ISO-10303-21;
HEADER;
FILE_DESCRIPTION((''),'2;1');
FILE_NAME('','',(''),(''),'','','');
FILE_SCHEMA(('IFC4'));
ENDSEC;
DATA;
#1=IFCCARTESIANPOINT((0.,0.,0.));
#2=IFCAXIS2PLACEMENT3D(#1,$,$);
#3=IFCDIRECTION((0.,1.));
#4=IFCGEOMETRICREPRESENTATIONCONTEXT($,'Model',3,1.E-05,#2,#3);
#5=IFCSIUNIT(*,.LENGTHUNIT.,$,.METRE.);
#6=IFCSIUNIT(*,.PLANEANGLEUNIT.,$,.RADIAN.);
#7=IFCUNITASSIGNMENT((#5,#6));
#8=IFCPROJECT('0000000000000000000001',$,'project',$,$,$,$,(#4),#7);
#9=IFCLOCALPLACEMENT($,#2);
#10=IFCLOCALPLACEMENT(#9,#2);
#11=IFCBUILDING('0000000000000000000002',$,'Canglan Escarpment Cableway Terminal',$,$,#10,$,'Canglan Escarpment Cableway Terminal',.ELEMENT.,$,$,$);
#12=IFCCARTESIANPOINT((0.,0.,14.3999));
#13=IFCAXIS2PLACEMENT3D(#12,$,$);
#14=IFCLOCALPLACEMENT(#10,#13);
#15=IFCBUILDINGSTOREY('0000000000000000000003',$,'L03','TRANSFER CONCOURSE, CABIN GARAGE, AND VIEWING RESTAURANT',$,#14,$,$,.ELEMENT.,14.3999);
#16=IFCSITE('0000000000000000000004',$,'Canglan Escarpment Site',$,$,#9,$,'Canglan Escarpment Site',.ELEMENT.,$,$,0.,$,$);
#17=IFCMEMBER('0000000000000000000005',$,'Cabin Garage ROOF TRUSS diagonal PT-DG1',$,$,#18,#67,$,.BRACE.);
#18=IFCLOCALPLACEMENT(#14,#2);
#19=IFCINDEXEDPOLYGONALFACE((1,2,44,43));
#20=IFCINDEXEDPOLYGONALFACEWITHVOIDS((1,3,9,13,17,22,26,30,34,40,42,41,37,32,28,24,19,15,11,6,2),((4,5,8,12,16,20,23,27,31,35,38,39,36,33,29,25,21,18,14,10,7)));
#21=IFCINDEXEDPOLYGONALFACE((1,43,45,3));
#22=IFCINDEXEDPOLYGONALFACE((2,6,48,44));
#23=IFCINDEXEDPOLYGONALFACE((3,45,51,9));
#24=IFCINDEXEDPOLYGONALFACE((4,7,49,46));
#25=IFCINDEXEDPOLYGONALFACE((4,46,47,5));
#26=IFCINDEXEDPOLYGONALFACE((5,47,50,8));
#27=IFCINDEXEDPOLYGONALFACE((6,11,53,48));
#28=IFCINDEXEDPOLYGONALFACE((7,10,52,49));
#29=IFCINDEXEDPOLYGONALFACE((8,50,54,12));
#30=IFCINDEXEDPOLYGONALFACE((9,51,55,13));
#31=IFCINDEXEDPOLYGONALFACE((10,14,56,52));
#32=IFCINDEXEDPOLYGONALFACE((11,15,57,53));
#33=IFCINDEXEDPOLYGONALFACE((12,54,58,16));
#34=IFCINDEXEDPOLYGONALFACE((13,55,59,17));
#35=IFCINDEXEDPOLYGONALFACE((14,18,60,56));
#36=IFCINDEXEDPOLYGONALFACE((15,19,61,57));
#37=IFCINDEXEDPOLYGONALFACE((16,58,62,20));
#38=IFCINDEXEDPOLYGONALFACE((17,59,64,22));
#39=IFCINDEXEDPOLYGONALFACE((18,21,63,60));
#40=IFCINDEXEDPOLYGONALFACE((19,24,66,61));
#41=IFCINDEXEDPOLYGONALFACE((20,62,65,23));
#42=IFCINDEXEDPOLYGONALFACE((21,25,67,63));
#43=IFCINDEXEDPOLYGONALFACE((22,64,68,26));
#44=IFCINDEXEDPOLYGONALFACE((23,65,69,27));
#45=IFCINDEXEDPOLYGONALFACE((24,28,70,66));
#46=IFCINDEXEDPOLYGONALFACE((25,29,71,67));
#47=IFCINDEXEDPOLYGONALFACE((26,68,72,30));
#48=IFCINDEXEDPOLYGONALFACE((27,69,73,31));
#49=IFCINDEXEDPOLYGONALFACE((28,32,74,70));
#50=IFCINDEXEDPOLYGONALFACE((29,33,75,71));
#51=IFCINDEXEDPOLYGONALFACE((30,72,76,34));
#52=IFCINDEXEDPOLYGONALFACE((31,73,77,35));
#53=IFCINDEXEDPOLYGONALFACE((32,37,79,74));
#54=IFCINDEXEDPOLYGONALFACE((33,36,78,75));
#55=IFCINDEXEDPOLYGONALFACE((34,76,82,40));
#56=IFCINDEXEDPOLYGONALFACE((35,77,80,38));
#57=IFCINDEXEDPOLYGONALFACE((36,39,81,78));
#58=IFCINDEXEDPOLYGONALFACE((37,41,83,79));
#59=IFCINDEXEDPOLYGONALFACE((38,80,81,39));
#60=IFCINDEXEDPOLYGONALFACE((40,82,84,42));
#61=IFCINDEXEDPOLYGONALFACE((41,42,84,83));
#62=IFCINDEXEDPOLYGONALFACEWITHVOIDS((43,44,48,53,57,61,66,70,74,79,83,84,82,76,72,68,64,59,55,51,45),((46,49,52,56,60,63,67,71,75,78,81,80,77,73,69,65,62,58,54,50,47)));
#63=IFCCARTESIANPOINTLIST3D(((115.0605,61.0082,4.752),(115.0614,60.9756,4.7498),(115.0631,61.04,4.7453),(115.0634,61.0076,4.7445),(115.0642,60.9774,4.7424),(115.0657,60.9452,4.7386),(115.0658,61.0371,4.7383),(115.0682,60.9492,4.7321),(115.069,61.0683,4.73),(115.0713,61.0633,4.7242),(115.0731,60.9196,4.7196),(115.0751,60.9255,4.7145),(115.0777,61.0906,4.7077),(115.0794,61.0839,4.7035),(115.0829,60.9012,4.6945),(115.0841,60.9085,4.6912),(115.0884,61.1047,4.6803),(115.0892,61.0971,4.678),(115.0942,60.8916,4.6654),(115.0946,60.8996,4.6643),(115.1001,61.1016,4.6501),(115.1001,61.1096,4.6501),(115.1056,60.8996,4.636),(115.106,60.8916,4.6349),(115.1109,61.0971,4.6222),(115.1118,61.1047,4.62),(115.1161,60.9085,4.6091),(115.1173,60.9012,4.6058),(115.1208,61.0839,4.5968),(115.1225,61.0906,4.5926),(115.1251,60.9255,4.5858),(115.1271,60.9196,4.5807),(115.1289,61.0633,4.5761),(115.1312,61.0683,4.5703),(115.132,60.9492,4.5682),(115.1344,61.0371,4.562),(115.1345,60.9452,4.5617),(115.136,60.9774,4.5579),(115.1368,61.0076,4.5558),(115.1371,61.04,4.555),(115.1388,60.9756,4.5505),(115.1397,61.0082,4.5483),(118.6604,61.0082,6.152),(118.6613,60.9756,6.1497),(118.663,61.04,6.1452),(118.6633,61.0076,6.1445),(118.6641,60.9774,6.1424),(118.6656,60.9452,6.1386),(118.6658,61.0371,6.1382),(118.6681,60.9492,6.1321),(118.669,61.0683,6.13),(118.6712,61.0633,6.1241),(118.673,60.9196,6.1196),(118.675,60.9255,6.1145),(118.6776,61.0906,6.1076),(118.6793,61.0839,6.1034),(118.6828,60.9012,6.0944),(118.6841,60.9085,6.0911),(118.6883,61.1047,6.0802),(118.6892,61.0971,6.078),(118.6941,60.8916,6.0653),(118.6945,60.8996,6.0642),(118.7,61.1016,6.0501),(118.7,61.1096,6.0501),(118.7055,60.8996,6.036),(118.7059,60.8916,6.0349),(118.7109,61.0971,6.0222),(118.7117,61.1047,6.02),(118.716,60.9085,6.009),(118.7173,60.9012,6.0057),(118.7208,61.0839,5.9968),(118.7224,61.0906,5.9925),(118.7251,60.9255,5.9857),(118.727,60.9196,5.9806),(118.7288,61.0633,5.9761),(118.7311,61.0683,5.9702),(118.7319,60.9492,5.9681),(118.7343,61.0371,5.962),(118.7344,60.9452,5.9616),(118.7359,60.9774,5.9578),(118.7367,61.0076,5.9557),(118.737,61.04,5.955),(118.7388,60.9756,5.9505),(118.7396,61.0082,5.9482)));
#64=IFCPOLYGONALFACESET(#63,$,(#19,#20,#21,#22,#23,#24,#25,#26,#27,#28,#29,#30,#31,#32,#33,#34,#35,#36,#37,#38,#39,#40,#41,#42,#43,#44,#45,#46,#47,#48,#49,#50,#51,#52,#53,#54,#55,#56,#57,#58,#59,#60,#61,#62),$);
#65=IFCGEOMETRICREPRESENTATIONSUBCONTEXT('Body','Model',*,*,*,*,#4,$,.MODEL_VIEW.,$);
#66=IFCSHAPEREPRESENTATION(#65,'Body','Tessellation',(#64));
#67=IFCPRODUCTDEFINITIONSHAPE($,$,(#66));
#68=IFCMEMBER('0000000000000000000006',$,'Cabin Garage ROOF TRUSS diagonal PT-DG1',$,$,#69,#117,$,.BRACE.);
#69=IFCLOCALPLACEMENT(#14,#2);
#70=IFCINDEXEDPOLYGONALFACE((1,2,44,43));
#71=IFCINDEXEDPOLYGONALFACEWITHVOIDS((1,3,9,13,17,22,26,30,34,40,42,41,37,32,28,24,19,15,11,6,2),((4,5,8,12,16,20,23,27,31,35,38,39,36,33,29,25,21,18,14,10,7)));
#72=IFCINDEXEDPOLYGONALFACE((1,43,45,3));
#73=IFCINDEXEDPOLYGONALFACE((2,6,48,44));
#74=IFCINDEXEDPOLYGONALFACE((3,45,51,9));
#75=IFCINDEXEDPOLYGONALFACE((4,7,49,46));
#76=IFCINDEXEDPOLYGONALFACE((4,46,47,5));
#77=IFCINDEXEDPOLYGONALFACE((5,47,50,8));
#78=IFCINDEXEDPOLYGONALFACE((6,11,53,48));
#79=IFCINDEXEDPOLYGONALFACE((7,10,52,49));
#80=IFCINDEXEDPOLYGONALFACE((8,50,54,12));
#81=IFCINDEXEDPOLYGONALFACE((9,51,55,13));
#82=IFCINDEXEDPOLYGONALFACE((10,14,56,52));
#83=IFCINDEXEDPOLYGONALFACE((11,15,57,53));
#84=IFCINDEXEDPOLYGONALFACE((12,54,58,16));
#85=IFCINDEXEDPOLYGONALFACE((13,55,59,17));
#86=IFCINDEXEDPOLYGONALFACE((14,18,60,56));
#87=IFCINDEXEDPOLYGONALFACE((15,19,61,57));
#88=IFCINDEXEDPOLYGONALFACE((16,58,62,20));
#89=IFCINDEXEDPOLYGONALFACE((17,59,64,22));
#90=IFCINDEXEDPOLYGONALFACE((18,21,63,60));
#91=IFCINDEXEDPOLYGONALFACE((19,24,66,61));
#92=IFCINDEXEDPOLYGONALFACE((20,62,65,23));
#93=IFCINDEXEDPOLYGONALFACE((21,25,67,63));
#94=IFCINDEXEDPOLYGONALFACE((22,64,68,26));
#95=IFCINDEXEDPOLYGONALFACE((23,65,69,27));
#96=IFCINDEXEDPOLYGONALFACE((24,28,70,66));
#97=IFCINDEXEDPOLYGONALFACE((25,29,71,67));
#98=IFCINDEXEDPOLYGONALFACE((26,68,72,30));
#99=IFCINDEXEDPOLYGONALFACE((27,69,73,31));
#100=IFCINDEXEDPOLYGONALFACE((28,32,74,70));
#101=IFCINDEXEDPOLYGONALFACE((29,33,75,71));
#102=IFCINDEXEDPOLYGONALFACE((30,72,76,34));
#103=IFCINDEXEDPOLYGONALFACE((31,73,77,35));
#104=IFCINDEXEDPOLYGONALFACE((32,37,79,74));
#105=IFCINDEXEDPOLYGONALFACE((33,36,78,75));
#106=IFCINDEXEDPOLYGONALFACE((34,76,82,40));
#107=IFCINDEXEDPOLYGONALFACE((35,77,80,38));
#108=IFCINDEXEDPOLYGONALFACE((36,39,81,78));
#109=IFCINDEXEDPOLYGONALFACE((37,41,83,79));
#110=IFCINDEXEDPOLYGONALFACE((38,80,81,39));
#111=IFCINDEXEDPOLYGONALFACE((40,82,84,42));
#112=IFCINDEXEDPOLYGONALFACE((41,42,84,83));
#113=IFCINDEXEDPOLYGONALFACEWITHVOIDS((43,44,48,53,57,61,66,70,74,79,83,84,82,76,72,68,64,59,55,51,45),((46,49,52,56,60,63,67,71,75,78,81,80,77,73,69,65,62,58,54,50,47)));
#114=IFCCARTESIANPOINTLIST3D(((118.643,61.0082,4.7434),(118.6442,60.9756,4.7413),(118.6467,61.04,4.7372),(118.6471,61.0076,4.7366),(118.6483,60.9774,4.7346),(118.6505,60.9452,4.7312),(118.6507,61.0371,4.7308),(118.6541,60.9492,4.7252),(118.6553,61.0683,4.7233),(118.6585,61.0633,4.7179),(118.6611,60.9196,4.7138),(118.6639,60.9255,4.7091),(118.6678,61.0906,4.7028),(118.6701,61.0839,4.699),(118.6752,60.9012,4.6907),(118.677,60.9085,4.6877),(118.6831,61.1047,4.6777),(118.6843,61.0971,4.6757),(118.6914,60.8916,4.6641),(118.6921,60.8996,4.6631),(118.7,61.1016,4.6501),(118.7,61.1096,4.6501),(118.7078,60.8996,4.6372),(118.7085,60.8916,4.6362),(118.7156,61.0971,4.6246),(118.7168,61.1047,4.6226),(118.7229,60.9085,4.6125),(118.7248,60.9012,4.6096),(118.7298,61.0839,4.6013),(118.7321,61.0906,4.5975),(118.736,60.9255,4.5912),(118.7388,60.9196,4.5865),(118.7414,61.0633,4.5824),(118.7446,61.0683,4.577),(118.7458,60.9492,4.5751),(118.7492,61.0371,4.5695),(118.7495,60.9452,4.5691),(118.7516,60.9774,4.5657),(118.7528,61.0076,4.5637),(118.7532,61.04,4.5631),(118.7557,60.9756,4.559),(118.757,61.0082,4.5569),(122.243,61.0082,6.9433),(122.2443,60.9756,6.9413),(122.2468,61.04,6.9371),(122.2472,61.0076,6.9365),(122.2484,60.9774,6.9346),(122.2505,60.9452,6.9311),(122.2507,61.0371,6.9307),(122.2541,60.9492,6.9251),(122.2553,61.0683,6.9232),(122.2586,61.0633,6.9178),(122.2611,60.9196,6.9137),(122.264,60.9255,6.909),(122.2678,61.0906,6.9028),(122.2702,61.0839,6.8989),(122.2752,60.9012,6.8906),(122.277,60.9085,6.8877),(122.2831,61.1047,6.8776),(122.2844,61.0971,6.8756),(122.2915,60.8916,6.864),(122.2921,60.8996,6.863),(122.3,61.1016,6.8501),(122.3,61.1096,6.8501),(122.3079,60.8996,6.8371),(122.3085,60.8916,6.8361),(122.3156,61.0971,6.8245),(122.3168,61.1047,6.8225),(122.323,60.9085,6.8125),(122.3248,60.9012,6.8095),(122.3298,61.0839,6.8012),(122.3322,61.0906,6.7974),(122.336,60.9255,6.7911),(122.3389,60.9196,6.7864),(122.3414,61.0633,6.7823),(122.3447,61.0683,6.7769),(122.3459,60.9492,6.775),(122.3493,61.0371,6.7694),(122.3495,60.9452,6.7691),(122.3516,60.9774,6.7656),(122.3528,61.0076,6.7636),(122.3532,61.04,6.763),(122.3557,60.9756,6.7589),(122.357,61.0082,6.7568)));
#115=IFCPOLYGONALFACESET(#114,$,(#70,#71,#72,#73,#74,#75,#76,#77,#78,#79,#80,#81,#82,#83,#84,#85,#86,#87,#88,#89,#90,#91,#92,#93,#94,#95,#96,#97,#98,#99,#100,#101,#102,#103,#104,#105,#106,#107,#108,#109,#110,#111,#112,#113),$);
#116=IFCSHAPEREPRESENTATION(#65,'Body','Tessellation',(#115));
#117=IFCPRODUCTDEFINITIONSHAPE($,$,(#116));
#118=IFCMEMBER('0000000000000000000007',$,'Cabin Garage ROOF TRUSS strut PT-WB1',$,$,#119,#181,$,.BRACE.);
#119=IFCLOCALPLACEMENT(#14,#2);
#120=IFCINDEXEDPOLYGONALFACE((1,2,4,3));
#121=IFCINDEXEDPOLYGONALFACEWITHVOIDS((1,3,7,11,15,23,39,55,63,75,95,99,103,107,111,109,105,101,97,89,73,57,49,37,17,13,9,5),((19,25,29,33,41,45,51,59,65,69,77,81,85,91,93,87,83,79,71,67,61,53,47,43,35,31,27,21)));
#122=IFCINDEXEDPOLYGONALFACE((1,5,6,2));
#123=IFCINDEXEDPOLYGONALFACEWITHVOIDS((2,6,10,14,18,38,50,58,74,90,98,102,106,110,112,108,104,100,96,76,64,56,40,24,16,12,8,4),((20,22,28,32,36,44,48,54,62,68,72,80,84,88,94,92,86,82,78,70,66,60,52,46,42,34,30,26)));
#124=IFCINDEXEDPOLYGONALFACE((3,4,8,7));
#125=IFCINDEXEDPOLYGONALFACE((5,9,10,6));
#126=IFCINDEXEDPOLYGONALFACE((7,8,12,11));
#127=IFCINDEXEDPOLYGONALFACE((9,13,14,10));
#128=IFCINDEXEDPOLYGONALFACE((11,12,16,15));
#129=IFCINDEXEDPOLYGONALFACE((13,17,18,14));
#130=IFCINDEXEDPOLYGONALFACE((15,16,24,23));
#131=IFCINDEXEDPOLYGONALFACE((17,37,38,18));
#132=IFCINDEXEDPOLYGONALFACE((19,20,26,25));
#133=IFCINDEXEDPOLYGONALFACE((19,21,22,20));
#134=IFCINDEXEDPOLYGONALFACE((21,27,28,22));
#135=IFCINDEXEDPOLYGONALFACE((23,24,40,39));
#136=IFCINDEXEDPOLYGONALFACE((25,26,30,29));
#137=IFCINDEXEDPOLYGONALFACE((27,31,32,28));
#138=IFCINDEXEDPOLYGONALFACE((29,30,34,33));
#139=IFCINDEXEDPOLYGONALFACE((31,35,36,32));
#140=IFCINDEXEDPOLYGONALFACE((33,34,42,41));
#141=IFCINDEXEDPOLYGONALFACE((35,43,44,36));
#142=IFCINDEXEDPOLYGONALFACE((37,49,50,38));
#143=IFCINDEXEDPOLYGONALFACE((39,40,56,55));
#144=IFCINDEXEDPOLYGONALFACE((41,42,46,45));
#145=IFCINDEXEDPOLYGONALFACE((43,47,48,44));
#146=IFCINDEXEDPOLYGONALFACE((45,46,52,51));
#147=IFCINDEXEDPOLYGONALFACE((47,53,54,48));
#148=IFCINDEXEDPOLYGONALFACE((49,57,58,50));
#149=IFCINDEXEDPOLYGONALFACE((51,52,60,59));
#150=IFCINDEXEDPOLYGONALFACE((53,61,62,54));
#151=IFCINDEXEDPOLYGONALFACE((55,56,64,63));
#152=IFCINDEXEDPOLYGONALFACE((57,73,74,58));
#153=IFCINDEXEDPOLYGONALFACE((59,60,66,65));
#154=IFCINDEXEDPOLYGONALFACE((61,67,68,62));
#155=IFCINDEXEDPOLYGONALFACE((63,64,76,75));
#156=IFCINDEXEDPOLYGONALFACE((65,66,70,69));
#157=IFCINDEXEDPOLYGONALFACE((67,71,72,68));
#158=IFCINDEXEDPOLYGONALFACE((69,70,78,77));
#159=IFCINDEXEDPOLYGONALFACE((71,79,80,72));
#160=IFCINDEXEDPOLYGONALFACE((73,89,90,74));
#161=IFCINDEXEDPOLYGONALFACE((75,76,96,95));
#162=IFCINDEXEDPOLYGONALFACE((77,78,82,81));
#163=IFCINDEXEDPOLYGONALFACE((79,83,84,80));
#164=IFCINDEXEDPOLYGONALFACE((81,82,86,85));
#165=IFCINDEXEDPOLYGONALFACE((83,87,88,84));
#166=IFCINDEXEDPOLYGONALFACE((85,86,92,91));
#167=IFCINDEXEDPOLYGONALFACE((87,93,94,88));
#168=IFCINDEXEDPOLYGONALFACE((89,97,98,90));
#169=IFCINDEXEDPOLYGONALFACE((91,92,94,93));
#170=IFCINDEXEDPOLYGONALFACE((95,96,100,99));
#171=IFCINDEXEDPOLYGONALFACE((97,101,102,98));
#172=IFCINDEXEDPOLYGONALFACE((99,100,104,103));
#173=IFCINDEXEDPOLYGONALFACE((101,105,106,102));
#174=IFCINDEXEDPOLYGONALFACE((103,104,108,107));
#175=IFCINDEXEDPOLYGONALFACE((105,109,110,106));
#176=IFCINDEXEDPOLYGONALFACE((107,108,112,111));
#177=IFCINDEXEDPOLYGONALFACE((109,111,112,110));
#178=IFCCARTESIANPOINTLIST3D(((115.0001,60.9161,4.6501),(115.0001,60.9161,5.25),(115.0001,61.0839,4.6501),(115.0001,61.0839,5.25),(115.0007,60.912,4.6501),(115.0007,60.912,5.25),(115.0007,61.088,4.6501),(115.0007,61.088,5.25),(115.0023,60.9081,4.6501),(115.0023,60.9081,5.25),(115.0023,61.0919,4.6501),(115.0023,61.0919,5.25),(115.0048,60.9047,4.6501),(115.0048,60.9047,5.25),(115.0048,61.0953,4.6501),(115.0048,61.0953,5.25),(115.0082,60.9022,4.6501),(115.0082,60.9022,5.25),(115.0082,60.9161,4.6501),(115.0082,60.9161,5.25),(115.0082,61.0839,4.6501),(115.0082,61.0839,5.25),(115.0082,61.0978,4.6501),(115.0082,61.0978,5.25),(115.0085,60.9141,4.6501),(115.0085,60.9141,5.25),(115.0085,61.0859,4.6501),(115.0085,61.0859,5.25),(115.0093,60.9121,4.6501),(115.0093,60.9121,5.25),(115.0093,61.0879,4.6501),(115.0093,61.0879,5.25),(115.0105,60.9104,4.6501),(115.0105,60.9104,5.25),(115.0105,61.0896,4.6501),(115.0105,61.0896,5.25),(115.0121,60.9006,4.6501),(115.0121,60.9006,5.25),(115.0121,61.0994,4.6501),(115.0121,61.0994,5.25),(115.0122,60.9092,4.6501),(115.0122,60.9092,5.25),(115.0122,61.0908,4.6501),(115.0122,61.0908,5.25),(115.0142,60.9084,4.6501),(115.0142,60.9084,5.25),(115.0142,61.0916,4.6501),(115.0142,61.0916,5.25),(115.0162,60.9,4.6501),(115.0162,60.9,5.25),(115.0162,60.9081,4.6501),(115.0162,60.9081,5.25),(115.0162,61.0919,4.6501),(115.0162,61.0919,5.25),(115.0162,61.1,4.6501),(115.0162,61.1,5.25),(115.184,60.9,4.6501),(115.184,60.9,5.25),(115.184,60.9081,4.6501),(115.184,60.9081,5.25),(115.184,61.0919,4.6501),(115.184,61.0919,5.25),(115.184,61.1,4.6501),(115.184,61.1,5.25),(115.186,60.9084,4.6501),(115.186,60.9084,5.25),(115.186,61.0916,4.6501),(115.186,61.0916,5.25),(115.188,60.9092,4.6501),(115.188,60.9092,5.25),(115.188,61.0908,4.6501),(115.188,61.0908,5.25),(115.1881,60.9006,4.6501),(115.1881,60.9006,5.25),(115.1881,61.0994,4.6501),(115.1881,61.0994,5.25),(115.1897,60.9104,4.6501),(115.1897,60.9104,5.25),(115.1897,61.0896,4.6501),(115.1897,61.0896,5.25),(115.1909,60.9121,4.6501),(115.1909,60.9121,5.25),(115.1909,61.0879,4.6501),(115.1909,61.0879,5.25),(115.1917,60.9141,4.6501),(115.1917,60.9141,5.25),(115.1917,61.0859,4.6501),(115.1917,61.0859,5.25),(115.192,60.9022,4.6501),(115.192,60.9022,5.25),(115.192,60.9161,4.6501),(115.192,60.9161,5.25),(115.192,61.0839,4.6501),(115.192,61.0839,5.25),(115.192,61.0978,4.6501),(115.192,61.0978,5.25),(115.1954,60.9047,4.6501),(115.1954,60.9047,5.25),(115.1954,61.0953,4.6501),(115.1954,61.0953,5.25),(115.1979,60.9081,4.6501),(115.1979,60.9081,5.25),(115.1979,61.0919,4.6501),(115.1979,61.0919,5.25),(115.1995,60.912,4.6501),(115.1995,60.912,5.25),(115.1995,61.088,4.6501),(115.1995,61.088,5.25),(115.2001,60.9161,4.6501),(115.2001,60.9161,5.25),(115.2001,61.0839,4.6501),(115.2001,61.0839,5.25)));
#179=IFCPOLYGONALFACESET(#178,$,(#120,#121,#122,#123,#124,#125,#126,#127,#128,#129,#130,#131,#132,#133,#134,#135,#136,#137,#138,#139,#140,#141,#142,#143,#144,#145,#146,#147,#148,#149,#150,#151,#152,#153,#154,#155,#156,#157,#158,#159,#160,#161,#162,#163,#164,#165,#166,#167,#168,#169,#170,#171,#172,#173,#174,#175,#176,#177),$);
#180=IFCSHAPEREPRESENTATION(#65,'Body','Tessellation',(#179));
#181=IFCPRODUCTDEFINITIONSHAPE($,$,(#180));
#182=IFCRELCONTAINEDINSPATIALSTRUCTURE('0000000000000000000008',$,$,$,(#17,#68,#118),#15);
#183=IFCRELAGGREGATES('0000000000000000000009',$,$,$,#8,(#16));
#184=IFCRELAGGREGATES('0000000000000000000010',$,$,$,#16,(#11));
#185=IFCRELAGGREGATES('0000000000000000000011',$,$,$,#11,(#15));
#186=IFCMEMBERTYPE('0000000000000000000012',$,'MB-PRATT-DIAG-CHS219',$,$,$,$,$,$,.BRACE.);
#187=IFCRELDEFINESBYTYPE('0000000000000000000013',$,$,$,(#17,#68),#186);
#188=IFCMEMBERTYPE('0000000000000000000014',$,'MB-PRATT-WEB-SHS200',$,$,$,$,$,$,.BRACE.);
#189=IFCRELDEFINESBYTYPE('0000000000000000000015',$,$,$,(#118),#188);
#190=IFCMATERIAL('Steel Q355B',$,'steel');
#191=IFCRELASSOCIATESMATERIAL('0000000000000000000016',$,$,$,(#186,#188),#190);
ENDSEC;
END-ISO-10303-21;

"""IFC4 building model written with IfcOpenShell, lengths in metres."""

from ifc_helpers import new_model, si_unit, direction, frame, origin, origin_2d, place, context, subcontext, project, spatial, hollow_rectangle, hollow_circle, extrude, material, material_profile, profile_set, type_object, element, save


model = new_model("IFC4")

# Units and contexts
model_context = context("Model", 3, precision=1e-05, world=origin(), true_north=direction((0.0, 1.0)))
body_context = subcontext(model_context, "Body", "Model", "MODEL_VIEW")
ifc_project = project(units=[si_unit("LENGTHUNIT", "METRE"), si_unit("PLANEANGLEUNIT", "RADIAN")], contexts=[model_context])

# Site, building, storey
site_placement = place(None, origin())
site = spatial("IfcSite", under=ifc_project, at=site_placement, Name="Canglan Escarpment Site", LongName="Canglan Escarpment Site", CompositionType="ELEMENT", RefElevation=0.0)
building_placement = place(site_placement, origin())
building = spatial("IfcBuilding", under=site, at=building_placement, Name="Canglan Escarpment Cableway Terminal", LongName="Canglan Escarpment Cableway Terminal", CompositionType="ELEMENT")
storey_placement = place(building_placement, frame((0.0, 0.0, 14.3999)))
storey = spatial("IfcBuildingStorey", under=building, at=storey_placement, Name="L03", Description="TRANSFER CONCOURSE, CABIN GARAGE, AND VIEWING RESTAURANT", CompositionType="ELEMENT", Elevation=14.3999)

# Shared definitions
ifc_material_1 = material(Name="Steel Q355B", Category="steel")

# Members
ifc_material_profile_1 = material_profile(ifc_material_1, hollow_circle(Radius=0.1096, WallThickness=0.0081, at=origin_2d()), Name="CHS 219.1x8")
ifc_profile_set_1 = profile_set([ifc_material_profile_1], Name="Steel Q355B")
member_type_1 = type_object("IfcMemberType", Name="MB-PRATT-DIAG-CHS219", PredefinedType="BRACE", material=ifc_profile_set_1)
member_1_placement = place(storey_placement, frame((115.1001, 61.0, 4.6501), z_axis=(0.932008, 0.0, 0.362437), x_axis=(0.0, 1.0, 0.0)))
element("IfcMember", 1, at=member_1_placement, inside=storey, type_object=member_type_1, Name="Cabin Garage ROOF TRUSS diagonal PT-DG1", PredefinedType="BRACE", context=body_context, shape_type="SweptSolid", body=[
    extrude(hollow_circle(Radius=0.1096, WallThickness=0.0081, at=origin_2d()), origin(), (0.0, 0.0, 1.0), 3.8625),
])
member_2_placement = place(storey_placement, frame((118.7, 61.0, 4.6501), z_axis=(0.853293, 0.0, 0.521431), x_axis=(0.0, 1.0, 0.0)))
element("IfcMember", 2, at=member_2_placement, inside=storey, type_object=member_type_1, Name="Cabin Garage ROOF TRUSS diagonal PT-DG1", PredefinedType="BRACE", context=body_context, shape_type="SweptSolid", body=[
    extrude(hollow_circle(Radius=0.1096, WallThickness=0.0081, at=origin_2d()), origin(), (0.0, 0.0, 1.0), 4.219),
])
ifc_material_profile_2 = material_profile(ifc_material_1, hollow_rectangle(XDim=0.2, YDim=0.2, WallThickness=0.0081, InnerFilletRadius=0.0081, OuterFilletRadius=0.0161, at=origin_2d()), Name="SHS 200x200x8")
ifc_profile_set_2 = profile_set([ifc_material_profile_2], Name="Steel Q355B")
member_type_2 = type_object("IfcMemberType", Name="MB-PRATT-WEB-SHS200", PredefinedType="BRACE", material=ifc_profile_set_2)
member_3_placement = place(storey_placement, frame((115.1001, 61.0, 4.6501), z_axis=(0.0, 0.0, 1.0), x_axis=(1.0, 0.0, 0.0)))
element("IfcMember", 3, at=member_3_placement, inside=storey, type_object=member_type_2, Name="Cabin Garage ROOF TRUSS strut PT-WB1", PredefinedType="BRACE", context=body_context, shape_type="SweptSolid", body=[
    extrude(hollow_rectangle(XDim=0.2, YDim=0.2, WallThickness=0.0081, InnerFilletRadius=0.0081, OuterFilletRadius=0.0161, at=origin_2d()), origin(), (0.0, 0.0, 1.0), 0.5999),
])

save(model, "model.ifc")
